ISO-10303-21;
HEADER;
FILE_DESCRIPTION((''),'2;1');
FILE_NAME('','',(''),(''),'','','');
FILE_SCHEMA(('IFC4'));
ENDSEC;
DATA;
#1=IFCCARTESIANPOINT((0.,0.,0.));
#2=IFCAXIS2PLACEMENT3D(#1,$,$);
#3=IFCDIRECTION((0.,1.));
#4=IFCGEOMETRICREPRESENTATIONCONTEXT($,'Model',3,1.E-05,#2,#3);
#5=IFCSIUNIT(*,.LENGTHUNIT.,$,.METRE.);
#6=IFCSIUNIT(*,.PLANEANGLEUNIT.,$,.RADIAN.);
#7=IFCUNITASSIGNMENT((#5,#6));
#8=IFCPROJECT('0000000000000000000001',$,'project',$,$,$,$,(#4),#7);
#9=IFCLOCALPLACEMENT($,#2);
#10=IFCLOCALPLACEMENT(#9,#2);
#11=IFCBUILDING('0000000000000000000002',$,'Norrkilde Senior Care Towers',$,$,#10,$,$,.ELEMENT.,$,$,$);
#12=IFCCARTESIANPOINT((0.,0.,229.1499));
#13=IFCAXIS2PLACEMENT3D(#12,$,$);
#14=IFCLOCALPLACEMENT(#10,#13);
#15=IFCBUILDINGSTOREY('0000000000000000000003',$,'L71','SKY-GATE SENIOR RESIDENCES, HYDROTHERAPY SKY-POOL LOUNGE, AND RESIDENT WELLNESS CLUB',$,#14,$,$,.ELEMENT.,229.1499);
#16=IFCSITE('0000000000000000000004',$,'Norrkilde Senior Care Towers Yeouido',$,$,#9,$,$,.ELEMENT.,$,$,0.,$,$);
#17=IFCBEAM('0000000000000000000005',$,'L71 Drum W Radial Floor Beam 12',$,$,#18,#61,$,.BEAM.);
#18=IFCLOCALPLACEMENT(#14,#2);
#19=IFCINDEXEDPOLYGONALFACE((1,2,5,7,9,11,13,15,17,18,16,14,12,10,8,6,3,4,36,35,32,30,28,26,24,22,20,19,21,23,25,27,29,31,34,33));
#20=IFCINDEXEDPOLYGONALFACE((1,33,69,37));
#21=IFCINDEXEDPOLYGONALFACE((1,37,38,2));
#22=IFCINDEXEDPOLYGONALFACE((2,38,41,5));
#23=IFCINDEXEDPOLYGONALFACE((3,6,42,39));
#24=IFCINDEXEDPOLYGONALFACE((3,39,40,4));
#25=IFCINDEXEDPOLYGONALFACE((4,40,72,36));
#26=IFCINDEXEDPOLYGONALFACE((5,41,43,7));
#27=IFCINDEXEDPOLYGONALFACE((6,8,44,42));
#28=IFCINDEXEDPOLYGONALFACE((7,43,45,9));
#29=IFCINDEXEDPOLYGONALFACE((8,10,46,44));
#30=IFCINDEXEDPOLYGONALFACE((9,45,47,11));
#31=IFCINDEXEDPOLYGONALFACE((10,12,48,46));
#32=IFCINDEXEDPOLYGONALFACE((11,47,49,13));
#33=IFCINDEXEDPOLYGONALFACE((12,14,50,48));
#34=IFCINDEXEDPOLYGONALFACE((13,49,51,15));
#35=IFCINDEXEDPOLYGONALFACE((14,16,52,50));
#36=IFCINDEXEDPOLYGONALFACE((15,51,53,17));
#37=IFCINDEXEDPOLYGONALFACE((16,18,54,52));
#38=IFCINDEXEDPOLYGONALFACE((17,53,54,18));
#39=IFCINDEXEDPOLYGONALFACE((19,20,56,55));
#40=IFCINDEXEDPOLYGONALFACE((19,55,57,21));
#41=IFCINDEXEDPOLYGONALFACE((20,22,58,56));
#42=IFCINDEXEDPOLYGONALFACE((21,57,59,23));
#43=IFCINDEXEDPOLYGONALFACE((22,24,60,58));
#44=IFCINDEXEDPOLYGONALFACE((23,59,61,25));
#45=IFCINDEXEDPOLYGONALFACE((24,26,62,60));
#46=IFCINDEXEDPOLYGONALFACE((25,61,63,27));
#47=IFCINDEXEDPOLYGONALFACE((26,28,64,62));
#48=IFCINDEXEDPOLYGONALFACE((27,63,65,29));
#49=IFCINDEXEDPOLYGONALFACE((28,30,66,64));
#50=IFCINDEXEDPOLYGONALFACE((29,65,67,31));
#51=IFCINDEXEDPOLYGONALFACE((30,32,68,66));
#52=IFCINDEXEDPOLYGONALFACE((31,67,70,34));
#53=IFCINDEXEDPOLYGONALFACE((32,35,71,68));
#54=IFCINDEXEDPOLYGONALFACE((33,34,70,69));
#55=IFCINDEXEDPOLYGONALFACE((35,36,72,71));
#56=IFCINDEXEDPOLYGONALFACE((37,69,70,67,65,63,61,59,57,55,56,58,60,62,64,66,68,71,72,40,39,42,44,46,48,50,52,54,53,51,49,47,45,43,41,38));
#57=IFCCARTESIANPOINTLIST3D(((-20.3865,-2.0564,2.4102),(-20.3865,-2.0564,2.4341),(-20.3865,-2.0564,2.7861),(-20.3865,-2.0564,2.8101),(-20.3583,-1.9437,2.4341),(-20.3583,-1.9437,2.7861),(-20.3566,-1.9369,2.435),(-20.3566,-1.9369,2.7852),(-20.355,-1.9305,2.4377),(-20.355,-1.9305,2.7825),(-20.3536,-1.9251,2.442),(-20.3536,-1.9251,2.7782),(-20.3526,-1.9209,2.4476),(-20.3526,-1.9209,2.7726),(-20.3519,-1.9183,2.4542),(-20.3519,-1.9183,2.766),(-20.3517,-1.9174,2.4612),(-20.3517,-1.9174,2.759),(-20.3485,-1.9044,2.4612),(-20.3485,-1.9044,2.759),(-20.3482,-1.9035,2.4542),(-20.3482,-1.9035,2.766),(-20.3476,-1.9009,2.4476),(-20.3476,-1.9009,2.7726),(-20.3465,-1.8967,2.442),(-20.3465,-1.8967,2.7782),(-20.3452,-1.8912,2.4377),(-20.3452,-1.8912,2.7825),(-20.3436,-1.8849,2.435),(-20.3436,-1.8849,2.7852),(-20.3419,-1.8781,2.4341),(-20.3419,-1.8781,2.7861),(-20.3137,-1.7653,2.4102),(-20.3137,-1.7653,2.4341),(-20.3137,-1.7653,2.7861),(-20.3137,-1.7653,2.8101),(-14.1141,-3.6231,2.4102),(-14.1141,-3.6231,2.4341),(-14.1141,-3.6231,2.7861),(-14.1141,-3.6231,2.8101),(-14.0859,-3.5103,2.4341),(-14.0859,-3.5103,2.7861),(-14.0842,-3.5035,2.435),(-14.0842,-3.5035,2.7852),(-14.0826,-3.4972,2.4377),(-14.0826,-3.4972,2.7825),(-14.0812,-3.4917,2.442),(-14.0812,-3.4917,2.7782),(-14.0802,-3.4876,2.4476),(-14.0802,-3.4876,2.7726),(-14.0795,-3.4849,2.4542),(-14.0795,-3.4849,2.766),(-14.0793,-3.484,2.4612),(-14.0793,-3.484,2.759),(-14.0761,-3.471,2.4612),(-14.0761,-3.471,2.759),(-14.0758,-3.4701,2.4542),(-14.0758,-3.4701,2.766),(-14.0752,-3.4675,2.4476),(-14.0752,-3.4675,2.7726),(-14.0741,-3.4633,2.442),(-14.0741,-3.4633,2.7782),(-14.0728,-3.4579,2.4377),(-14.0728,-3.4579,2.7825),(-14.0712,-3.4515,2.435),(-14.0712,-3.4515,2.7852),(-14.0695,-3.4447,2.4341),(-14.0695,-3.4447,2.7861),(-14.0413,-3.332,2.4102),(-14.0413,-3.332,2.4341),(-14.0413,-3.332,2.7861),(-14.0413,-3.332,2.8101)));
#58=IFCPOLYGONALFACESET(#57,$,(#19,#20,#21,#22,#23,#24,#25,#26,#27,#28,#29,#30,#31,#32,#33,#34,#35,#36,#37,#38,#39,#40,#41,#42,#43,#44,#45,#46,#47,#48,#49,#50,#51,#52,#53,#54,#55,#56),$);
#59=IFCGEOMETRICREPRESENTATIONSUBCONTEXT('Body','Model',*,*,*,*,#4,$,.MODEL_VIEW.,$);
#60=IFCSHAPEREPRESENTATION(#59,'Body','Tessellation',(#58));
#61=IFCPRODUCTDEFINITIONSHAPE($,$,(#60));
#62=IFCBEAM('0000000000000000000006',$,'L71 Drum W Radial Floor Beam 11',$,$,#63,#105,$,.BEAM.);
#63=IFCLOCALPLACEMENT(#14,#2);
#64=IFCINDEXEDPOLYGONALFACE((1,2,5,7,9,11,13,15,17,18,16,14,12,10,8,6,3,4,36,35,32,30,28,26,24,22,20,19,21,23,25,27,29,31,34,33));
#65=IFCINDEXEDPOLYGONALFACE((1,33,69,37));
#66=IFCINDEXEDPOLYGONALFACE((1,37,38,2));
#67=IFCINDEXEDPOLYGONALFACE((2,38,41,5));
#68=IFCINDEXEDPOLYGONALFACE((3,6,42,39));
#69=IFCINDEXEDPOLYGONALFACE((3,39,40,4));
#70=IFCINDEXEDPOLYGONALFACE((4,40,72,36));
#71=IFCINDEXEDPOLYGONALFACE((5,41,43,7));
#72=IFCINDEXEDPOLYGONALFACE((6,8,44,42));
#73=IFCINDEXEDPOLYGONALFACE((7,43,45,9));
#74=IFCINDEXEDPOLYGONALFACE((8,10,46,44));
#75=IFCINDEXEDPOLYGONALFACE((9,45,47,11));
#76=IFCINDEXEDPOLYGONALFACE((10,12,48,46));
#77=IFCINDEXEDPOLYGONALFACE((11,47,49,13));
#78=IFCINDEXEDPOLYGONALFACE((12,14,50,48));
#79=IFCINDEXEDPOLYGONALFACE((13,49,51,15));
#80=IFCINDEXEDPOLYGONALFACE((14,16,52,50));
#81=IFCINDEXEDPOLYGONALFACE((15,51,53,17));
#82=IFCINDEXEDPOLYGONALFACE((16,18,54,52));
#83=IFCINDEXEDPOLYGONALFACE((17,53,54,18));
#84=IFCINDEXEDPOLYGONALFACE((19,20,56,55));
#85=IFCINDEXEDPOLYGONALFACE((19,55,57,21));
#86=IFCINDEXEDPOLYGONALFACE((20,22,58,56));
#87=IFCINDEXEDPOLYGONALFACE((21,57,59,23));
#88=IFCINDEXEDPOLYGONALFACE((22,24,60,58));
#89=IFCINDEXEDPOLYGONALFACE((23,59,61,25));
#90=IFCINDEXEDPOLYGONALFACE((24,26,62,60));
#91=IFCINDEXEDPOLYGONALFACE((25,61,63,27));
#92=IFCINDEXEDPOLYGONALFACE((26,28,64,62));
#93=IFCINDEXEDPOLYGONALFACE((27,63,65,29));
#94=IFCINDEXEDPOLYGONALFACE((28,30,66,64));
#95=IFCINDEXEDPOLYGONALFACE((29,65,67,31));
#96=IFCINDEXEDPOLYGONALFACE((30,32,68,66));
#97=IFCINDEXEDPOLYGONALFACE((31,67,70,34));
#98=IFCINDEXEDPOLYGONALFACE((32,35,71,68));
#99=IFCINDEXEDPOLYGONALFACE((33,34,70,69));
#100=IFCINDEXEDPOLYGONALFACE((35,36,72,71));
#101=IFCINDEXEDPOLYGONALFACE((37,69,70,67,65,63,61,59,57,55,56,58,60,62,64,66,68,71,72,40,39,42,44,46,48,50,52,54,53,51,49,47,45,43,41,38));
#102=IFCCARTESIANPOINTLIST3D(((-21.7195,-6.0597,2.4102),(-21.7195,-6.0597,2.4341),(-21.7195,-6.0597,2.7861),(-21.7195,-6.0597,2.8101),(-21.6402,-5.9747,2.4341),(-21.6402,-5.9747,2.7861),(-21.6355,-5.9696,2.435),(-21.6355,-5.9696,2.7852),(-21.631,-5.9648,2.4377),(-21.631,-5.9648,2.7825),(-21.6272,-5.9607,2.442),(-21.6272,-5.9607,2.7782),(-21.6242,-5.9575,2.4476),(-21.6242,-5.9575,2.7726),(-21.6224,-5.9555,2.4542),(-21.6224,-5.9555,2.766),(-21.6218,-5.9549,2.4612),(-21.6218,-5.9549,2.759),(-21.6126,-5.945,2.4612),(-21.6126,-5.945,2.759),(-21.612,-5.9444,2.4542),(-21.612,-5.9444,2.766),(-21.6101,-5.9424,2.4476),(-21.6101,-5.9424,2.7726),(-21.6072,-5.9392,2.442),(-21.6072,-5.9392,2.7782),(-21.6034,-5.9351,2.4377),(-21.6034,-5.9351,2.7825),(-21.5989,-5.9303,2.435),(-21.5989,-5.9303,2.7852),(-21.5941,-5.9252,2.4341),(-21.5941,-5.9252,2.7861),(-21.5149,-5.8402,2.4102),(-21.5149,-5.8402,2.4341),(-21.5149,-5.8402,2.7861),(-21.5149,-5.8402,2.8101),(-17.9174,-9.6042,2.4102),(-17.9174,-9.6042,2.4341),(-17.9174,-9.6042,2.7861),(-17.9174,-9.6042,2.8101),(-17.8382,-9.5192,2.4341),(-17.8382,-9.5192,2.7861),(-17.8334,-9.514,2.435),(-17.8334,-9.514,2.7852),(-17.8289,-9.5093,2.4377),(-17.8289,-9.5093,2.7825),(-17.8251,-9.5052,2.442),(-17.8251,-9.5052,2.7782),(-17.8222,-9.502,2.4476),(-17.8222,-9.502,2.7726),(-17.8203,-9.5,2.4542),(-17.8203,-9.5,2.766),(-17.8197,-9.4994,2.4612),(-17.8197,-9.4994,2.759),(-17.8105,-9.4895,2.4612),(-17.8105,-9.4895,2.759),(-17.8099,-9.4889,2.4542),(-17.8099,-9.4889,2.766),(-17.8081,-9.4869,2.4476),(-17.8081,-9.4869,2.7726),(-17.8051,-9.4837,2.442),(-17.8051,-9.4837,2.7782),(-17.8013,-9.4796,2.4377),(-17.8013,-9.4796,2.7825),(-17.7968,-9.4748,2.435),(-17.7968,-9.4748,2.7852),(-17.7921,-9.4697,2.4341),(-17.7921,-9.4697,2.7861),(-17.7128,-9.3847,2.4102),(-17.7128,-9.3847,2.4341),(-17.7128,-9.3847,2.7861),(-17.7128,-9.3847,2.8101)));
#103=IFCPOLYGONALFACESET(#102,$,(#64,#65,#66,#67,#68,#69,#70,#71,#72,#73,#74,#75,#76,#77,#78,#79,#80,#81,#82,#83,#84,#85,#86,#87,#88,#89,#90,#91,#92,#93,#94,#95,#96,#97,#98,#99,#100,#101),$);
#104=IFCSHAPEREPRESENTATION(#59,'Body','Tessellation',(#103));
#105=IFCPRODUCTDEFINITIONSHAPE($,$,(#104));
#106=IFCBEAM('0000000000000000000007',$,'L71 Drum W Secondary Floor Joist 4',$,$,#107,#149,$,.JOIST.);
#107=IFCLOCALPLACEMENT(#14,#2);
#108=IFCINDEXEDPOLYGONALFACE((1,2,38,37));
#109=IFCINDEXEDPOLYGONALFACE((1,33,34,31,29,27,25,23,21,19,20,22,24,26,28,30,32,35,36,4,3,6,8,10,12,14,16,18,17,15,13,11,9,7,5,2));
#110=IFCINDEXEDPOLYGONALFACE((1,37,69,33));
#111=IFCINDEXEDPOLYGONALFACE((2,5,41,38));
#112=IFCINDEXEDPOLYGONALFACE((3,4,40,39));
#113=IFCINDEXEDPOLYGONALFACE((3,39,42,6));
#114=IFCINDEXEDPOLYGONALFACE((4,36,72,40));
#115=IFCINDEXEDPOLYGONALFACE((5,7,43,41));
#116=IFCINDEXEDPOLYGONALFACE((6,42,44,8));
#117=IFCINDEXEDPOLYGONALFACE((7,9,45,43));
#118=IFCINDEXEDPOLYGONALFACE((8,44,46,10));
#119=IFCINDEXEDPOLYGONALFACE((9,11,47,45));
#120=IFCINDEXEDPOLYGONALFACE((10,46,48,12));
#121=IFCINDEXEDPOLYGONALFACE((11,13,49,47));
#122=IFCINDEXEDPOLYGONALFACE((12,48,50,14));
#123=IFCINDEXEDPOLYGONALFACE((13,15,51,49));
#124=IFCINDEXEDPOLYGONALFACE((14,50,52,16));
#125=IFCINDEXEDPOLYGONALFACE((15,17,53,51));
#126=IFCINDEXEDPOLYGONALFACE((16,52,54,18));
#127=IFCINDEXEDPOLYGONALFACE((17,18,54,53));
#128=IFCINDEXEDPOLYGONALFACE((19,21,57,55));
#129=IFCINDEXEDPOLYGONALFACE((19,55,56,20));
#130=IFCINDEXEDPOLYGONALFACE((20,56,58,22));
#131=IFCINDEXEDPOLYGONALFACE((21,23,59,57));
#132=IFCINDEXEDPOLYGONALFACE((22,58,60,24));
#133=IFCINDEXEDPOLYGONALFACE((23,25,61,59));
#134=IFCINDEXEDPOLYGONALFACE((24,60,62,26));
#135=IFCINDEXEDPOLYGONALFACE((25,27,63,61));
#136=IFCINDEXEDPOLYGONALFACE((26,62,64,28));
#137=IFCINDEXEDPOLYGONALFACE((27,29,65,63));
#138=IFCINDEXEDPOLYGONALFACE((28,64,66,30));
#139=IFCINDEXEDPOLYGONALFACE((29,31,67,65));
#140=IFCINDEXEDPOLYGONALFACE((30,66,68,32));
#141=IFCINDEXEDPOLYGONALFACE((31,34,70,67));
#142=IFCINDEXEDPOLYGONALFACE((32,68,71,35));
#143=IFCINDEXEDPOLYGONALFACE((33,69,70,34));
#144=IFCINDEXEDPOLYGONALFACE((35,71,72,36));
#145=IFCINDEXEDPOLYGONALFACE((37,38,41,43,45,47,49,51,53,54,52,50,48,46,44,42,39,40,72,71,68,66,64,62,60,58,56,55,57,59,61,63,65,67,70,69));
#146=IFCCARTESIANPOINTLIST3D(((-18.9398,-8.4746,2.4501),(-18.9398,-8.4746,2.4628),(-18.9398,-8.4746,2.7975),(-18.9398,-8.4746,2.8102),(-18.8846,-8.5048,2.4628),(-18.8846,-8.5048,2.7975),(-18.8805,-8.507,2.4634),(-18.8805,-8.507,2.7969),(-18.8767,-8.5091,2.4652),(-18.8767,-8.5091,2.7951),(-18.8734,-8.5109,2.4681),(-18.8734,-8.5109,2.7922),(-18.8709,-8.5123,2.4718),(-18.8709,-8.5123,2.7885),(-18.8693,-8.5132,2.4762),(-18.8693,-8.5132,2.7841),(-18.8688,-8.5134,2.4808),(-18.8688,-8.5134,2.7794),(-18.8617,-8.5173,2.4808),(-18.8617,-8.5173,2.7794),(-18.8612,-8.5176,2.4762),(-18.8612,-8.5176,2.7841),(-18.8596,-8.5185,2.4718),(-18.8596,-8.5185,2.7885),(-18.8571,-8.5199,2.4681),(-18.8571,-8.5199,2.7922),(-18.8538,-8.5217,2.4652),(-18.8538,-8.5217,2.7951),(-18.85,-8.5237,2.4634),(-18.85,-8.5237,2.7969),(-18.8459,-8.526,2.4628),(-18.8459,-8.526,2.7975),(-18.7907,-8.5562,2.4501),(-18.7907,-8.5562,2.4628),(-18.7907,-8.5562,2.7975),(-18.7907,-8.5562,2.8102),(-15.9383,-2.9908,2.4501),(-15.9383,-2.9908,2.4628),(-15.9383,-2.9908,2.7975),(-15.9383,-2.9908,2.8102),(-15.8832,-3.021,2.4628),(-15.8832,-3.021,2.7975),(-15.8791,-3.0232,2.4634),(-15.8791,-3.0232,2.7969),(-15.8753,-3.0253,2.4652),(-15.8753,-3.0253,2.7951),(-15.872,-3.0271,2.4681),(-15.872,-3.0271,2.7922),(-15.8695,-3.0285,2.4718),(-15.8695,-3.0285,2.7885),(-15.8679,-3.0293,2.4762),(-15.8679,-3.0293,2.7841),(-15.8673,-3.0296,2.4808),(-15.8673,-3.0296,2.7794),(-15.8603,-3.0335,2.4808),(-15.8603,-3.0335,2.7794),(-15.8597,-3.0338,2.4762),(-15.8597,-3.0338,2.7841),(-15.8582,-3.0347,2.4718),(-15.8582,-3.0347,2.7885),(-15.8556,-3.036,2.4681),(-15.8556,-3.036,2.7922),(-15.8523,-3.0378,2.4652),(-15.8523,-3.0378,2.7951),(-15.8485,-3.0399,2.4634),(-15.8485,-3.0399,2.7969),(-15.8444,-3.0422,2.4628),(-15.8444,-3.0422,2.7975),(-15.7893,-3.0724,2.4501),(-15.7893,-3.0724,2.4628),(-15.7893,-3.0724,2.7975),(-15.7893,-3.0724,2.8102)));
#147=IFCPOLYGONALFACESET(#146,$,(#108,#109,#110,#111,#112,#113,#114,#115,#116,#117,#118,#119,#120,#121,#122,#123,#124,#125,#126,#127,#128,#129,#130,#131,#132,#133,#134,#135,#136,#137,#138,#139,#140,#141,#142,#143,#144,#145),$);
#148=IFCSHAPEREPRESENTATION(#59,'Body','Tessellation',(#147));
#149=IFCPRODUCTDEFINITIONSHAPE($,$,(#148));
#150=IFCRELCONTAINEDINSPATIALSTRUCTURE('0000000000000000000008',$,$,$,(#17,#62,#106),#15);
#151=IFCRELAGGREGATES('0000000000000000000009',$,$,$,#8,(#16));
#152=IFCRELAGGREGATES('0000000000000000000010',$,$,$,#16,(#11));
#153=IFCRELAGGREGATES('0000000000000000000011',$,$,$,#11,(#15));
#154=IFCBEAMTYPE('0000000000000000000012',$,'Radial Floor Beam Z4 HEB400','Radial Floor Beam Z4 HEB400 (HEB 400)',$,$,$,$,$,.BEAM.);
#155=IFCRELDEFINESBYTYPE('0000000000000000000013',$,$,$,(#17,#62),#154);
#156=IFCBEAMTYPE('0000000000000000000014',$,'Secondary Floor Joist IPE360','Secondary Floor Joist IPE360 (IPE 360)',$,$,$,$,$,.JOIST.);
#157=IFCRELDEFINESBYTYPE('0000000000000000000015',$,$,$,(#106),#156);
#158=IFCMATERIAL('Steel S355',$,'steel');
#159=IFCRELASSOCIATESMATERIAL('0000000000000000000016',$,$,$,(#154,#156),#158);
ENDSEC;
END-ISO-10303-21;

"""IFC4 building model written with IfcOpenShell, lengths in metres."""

from ifc_helpers import new_model, si_unit, direction, frame, origin, origin_2d, place, context, subcontext, project, spatial, i_section, extrude, source, transform, mapped, material, material_profile, profile_set, type_object, type_shapes, element, save


model = new_model("IFC4")

# Units and contexts
model_context = context("Model", 3, precision=1e-05, world=origin(), true_north=direction((0.0, 1.0)))
body_context = subcontext(model_context, "Body", "Model", "MODEL_VIEW")
ifc_project = project(units=[si_unit("LENGTHUNIT", "METRE"), si_unit("PLANEANGLEUNIT", "RADIAN")], contexts=[model_context])

# Site, building, storey
site_placement = place(None, origin())
site = spatial("IfcSite", under=ifc_project, at=site_placement, Name="Norrkilde Senior Care Towers Yeouido", CompositionType="ELEMENT", RefElevation=0.0)
building_placement = place(site_placement, origin())
building = spatial("IfcBuilding", under=site, at=building_placement, Name="Norrkilde Senior Care Towers", CompositionType="ELEMENT")
storey_placement = place(building_placement, frame((0.0, 0.0, 229.1499)))
storey = spatial("IfcBuildingStorey", under=building, at=storey_placement, Name="L71", Description="SKY-GATE SENIOR RESIDENCES, HYDROTHERAPY SKY-POOL LOUNGE, AND RESIDENT WELLNESS CLUB", CompositionType="ELEMENT", Elevation=229.1499)

# Beams
ifc_material_1 = material(Name="Steel S355", Category="steel")
ifc_material_profile_1 = material_profile(ifc_material_1, i_section(OverallWidth=0.3, OverallDepth=0.3999, WebThickness=0.0134, FlangeThickness=0.0239, FilletRadius=0.0271, at=origin_2d()), Name="HEB 400")
ifc_profile_set_1 = profile_set([ifc_material_profile_1], Name="Steel S355")
beam_type_1 = type_object("IfcBeamType", Name="Radial Floor Beam Z4 HEB400", Description="Radial Floor Beam Z4 HEB400 (HEB 400)", PredefinedType="BEAM", material=ifc_profile_set_1)
shared_shape_1 = source(origin(), body_context, "Body", "SweptSolid", [
    extrude(i_section(OverallWidth=0.3, OverallDepth=0.3999, WebThickness=0.0134, FlangeThickness=0.0239, FilletRadius=0.0271, at=origin_2d()), origin(), (0.0, 0.0, 1.0), 6.4651),
])
beam_1_placement = place(storey_placement, frame((-20.3501, -1.9109, 2.6101), z_axis=(0.970196, -0.242322, 0.0), x_axis=(0.242322, 0.970196, 0.0)))
element("IfcBeam", 1, at=beam_1_placement, inside=storey, type_object=beam_type_1, Name="L71 Drum W Radial Floor Beam 12", PredefinedType="BEAM", context=body_context, shape_type="MappedRepresentation", body=[
    mapped(shared_shape_1, transform((0.0, 0.0, 0.0), x_axis=(1.0, 0.0, 0.0), y_axis=(0.0, 1.0, 0.0), z_axis=(0.0, 0.0, 1.0), scale=1.0)),
])
shared_shape_2 = source(origin(), body_context, "Body", "SweptSolid", [
    extrude(i_section(OverallWidth=0.3, OverallDepth=0.3999, WebThickness=0.0134, FlangeThickness=0.0239, FilletRadius=0.0271, at=origin_2d()), origin(), (0.0, 0.0, 1.0), 5.198),
])
beam_2_placement = place(storey_placement, frame((-21.6172, -5.95, 2.6101), z_axis=(0.731449, -0.681896, 0.0), x_axis=(0.681896, 0.731449, 0.0)))
element("IfcBeam", 2, at=beam_2_placement, inside=storey, type_object=beam_type_1, Name="L71 Drum W Radial Floor Beam 11", PredefinedType="BEAM", context=body_context, shape_type="MappedRepresentation", body=[
    mapped(shared_shape_2, transform((0.0, 0.0, 0.0), x_axis=(1.0, 0.0, 0.0), y_axis=(0.0, 1.0, 0.0), z_axis=(0.0, 0.0, 1.0), scale=1.0)),
])
ifc_material_profile_2 = material_profile(ifc_material_1, i_section(OverallWidth=0.1699, OverallDepth=0.3601, WebThickness=0.0081, FlangeThickness=0.0127, FilletRadius=0.0181, at=origin_2d()), Name="IPE 360")
ifc_profile_set_2 = profile_set([ifc_material_profile_2], Name="Steel S355")
beam_type_2 = type_object("IfcBeamType", Name="Secondary Floor Joist IPE360", Description="Secondary Floor Joist IPE360 (IPE 360)", PredefinedType="JOIST", material=ifc_profile_set_2)
shared_shape_3 = source(origin(), body_context, "Body", "SweptSolid", [
    extrude(i_section(OverallWidth=0.1699, OverallDepth=0.3601, WebThickness=0.0081, FlangeThickness=0.0127, FilletRadius=0.0181, at=origin_2d()), origin(), (0.0, 0.0, 1.0), 6.2515),
])
type_shapes(beam_type_2, [shared_shape_3])
beam_3_placement = place(storey_placement, frame((-18.8652, -8.5154, 2.6301), z_axis=(0.480116, 0.877205, 0.0), x_axis=(-0.877205, 0.480116, 0.0)))
element("IfcBeam", 3, at=beam_3_placement, inside=storey, type_object=beam_type_2, Name="L71 Drum W Secondary Floor Joist 4", PredefinedType="JOIST", context=body_context, shape_type="MappedRepresentation", body=[
    mapped(shared_shape_3, transform((0.0, 0.0, 0.0), x_axis=(1.0, 0.0, 0.0), y_axis=(0.0, 1.0, 0.0), z_axis=(0.0, 0.0, 1.0), scale=1.0)),
])

save(model, "model.ifc")
